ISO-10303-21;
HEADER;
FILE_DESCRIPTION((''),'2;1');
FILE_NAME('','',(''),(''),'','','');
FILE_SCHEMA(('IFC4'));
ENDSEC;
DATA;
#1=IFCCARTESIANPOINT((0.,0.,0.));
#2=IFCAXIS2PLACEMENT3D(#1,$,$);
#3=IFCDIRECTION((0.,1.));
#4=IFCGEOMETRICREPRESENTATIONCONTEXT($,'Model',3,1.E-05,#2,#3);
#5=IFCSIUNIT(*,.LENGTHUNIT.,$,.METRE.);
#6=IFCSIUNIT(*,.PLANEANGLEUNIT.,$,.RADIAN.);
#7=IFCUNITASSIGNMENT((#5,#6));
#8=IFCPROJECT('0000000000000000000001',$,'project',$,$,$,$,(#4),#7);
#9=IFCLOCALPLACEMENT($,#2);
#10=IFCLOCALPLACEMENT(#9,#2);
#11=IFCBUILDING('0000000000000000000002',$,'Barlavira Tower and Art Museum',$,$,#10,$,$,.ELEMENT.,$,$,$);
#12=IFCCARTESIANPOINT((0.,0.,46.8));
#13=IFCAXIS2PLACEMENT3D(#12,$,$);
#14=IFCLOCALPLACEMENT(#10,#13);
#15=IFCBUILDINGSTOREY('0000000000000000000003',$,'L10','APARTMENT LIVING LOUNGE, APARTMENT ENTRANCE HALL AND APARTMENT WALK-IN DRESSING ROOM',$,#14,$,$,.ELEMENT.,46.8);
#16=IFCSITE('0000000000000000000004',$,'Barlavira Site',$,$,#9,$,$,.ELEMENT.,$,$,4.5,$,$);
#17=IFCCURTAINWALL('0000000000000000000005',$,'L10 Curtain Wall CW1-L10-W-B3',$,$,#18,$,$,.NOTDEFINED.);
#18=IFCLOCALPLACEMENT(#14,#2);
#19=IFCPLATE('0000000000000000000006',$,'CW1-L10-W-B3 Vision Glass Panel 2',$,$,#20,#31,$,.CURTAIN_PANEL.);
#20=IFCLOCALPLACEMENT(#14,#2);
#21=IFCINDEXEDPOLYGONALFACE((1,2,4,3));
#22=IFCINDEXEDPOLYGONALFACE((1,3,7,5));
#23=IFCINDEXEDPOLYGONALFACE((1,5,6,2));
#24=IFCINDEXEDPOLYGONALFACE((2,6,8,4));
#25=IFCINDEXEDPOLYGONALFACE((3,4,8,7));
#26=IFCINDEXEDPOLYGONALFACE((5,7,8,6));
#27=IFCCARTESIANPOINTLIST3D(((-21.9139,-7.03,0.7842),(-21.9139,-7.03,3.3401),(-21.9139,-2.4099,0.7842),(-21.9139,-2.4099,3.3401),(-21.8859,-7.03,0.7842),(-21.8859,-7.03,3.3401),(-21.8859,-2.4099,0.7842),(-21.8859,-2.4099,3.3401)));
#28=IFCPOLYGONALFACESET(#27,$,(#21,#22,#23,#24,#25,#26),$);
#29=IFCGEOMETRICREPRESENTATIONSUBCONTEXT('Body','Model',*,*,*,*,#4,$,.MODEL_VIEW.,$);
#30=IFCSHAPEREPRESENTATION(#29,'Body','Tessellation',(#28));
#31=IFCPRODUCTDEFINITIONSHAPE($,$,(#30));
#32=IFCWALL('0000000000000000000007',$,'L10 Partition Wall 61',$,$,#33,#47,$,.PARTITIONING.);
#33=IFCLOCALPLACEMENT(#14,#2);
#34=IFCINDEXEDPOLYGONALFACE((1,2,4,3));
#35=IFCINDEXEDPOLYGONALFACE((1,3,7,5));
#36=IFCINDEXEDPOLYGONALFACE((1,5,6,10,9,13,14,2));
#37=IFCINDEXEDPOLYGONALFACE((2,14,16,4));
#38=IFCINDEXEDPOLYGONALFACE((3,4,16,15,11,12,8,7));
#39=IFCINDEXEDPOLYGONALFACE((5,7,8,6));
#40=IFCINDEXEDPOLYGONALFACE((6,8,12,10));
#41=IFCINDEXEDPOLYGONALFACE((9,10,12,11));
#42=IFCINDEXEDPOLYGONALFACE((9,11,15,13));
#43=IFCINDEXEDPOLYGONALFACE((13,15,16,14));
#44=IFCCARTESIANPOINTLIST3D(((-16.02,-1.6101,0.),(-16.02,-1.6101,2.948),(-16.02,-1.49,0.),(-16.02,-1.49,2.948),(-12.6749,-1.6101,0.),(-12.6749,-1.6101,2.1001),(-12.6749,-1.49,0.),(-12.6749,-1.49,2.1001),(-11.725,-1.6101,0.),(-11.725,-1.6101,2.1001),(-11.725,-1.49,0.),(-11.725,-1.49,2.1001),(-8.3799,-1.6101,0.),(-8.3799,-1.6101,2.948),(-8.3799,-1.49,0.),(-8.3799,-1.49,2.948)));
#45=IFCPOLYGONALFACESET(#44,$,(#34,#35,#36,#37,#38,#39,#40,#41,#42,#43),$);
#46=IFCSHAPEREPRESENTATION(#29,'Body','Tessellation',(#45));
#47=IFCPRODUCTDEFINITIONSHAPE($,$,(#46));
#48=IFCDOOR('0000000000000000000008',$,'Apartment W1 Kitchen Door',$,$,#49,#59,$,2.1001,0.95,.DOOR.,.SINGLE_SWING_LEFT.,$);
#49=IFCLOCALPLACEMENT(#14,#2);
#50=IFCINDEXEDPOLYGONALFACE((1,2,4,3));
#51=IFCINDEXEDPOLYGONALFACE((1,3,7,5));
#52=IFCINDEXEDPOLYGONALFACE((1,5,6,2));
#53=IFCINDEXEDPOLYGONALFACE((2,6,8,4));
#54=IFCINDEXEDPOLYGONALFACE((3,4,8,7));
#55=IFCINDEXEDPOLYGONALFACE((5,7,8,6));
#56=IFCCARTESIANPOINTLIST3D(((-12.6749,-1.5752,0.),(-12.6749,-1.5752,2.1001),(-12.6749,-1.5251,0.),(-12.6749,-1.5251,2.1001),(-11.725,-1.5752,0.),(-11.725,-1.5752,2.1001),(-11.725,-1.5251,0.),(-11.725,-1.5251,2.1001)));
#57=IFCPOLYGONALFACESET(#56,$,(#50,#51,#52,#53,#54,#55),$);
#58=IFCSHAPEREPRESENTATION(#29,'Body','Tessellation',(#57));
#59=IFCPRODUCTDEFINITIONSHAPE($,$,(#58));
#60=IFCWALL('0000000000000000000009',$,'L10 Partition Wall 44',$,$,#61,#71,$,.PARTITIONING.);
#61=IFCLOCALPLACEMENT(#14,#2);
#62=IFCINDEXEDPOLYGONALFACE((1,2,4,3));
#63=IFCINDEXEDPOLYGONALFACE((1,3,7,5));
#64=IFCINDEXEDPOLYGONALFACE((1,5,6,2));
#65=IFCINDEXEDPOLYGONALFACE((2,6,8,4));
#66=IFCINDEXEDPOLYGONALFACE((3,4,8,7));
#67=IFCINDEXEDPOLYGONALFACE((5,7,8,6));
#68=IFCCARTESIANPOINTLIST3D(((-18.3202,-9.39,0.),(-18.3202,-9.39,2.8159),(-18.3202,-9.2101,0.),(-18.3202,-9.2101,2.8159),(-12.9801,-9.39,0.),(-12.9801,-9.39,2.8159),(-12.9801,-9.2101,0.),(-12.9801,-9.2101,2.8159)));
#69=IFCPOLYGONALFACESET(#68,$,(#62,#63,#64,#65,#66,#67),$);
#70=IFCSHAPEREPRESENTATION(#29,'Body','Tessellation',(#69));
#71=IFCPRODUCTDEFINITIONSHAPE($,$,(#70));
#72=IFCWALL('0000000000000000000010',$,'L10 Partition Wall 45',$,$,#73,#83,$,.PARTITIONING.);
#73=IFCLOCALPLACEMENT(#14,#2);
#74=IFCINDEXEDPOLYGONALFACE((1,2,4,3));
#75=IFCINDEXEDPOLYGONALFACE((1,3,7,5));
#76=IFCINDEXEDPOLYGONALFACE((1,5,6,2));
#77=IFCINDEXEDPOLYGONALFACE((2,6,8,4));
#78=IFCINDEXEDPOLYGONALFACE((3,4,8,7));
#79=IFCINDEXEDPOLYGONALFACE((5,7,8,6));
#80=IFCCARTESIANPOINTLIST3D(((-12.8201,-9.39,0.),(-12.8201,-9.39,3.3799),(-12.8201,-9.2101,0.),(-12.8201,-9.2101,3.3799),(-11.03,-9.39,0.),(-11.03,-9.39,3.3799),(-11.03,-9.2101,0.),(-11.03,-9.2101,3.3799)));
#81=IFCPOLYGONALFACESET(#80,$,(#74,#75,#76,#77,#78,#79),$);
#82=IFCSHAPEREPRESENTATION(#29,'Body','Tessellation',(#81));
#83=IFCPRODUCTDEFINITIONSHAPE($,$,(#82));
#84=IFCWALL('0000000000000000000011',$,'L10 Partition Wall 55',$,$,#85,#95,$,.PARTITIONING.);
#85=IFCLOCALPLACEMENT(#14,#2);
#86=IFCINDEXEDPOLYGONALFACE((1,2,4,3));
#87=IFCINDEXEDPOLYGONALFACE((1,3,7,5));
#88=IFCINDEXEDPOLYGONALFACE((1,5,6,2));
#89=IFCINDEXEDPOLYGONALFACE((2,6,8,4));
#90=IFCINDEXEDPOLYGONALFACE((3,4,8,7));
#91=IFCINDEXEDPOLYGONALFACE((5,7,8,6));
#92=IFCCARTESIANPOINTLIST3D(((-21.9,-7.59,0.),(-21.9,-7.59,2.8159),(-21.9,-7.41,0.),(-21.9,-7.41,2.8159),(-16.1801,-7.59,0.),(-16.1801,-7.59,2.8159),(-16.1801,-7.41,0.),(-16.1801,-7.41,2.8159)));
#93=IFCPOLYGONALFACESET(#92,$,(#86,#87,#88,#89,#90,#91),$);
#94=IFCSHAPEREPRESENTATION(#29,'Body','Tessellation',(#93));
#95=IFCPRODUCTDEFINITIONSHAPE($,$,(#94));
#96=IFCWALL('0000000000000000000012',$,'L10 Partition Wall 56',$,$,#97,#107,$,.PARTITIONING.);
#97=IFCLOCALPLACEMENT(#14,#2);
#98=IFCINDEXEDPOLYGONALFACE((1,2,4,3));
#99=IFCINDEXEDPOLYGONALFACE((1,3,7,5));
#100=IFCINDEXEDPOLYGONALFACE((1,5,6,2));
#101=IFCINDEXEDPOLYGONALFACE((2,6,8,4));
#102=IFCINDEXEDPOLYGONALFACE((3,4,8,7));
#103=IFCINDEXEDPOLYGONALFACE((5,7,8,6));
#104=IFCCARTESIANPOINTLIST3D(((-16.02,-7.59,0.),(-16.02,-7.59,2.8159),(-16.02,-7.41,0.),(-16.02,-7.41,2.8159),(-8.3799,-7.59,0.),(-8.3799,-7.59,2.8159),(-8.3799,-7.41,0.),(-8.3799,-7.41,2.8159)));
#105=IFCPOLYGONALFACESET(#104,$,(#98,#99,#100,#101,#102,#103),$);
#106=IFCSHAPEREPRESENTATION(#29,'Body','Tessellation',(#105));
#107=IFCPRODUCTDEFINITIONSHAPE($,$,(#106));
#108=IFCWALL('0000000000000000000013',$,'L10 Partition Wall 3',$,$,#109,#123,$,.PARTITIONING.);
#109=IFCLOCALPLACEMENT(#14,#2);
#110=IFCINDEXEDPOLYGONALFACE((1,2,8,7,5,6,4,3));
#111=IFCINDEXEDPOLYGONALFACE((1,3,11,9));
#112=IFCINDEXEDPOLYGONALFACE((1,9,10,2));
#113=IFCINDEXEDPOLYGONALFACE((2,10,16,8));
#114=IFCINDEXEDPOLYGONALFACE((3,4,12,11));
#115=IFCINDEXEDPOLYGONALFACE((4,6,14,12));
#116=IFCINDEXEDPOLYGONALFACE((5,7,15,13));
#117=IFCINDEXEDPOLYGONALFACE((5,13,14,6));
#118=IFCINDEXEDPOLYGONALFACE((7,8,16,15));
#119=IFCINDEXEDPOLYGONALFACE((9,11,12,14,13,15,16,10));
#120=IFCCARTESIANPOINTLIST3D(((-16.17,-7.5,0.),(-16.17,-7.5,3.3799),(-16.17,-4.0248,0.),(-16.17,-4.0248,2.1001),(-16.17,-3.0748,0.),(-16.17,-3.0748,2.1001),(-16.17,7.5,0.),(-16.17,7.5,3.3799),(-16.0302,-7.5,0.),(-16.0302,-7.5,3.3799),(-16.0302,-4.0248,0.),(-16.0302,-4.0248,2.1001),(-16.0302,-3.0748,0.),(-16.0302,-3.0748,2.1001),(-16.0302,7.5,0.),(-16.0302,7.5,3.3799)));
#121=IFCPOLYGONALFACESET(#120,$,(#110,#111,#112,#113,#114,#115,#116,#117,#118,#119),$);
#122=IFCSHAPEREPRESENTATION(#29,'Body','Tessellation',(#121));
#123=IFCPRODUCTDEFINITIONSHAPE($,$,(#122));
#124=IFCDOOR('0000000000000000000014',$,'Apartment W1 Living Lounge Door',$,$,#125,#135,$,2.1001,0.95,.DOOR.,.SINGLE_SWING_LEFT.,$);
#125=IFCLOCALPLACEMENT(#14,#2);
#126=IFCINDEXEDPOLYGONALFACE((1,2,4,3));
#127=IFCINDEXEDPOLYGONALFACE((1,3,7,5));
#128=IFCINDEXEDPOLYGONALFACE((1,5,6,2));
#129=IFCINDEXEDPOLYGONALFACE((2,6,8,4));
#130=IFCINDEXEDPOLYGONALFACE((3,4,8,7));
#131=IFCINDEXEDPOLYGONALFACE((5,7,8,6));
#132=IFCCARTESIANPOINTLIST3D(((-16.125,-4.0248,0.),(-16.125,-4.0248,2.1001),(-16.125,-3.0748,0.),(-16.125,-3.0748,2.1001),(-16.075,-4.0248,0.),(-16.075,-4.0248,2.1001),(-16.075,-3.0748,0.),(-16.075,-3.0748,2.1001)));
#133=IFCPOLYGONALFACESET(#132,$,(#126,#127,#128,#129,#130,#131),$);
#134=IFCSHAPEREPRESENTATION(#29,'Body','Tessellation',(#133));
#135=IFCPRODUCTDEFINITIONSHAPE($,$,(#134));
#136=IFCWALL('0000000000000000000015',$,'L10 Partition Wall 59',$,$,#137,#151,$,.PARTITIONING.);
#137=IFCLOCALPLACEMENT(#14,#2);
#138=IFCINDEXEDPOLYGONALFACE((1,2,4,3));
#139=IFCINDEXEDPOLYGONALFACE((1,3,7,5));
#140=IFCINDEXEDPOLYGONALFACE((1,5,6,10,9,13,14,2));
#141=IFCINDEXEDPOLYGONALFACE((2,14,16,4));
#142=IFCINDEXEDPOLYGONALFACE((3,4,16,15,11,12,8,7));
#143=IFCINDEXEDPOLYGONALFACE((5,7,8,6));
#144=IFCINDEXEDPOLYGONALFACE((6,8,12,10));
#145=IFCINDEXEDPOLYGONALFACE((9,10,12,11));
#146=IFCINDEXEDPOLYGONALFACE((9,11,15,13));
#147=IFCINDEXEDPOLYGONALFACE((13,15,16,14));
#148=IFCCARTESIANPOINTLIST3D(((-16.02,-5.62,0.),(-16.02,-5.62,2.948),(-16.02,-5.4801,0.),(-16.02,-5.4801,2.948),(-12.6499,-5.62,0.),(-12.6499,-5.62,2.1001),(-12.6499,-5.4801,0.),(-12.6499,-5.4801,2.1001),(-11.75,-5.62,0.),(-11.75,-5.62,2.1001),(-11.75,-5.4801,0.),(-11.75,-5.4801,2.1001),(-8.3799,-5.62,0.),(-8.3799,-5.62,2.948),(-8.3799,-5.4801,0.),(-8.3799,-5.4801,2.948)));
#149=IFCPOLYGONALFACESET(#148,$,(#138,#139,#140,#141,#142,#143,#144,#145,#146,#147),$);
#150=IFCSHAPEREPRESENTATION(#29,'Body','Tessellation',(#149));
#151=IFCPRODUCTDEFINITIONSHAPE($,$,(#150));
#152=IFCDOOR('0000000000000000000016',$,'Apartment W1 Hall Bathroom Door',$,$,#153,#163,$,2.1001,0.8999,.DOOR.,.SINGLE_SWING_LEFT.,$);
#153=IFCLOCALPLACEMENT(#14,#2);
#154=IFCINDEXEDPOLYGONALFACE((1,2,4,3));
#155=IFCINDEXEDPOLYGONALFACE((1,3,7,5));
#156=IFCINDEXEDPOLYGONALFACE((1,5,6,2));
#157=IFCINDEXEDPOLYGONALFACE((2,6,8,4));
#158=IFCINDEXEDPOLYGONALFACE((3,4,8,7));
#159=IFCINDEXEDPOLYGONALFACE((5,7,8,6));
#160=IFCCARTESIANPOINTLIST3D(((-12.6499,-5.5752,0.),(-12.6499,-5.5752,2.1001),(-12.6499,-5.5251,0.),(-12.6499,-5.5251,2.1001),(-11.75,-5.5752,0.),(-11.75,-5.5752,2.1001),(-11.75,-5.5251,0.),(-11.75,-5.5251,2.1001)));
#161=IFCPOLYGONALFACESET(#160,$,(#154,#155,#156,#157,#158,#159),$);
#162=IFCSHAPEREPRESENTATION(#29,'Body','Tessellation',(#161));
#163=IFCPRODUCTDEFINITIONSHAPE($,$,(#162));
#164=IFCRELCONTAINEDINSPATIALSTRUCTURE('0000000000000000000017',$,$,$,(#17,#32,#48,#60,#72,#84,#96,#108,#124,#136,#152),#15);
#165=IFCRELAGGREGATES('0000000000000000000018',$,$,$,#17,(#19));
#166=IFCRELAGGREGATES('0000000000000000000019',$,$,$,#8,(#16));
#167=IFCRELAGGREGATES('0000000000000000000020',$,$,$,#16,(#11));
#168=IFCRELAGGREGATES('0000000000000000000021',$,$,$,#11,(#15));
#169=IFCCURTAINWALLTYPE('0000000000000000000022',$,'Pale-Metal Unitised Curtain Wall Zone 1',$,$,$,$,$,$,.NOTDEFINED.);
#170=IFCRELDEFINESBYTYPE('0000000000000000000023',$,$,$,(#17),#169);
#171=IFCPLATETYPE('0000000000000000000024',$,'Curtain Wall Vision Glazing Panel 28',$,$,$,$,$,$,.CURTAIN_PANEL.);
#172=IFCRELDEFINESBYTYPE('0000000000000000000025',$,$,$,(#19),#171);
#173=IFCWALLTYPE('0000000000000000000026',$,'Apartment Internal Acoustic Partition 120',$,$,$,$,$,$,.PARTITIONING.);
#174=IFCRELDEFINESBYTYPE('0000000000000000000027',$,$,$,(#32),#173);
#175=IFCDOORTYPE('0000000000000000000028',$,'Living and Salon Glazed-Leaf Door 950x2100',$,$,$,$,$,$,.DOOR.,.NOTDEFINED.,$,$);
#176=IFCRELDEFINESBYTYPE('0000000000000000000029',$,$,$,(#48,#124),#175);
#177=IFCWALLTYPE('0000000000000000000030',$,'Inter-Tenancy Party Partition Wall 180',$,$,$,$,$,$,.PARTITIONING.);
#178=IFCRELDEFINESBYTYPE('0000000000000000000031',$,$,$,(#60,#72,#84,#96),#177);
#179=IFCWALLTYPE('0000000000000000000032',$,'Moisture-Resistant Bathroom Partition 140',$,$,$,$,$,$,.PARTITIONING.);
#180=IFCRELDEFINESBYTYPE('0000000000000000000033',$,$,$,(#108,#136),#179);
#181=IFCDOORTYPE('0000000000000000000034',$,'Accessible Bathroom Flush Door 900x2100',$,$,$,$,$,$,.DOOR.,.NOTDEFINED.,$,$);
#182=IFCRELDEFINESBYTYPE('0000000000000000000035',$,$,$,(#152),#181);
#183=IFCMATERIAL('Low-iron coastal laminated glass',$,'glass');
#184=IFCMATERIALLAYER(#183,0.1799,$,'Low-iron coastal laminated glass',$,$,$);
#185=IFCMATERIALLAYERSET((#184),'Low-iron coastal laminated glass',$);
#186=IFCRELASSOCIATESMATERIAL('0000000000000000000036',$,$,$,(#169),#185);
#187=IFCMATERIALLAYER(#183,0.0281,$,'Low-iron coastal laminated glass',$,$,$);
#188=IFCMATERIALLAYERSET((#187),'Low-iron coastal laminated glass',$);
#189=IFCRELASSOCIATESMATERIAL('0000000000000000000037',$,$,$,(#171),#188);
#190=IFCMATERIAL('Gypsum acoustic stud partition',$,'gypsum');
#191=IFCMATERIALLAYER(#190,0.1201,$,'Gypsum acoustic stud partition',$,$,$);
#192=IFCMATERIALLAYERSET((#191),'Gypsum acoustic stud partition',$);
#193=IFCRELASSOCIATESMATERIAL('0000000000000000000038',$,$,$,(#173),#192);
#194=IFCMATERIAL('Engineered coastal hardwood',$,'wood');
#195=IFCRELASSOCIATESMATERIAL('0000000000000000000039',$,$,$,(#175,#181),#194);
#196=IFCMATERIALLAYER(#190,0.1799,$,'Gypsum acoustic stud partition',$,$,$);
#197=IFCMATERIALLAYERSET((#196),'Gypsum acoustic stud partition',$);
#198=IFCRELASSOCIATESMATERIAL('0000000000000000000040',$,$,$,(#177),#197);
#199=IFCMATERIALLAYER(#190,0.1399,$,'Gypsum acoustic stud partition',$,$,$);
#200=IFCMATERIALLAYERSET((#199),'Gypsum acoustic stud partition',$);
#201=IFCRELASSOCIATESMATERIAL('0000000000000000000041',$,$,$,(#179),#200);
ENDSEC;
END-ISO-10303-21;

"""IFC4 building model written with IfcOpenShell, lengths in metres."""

from ifc_helpers import new_model, si_unit, direction, frame, frame_2d, origin, origin_2d, place, context, subcontext, project, spatial, rectangle, extrude, material, layer, layer_set, type_object, element, fill, aggregate, save


model = new_model("IFC4")

# Units and contexts
model_context = context("Model", 3, precision=1e-05, world=origin(), true_north=direction((0.0, 1.0)))
body_context = subcontext(model_context, "Body", "Model", "MODEL_VIEW")
ifc_project = project(units=[si_unit("LENGTHUNIT", "METRE"), si_unit("PLANEANGLEUNIT", "RADIAN")], contexts=[model_context])

# Site, building, storey
site_placement = place(None, origin())
site = spatial("IfcSite", under=ifc_project, at=site_placement, Name="Barlavira Site", CompositionType="ELEMENT", RefElevation=4.5)
building_placement = place(site_placement, origin())
building = spatial("IfcBuilding", under=site, at=building_placement, Name="Barlavira Tower and Art Museum", CompositionType="ELEMENT")
storey_placement = place(building_placement, frame((0.0, 0.0, 46.8)))
storey = spatial("IfcBuildingStorey", under=building, at=storey_placement, Name="L10", Description="APARTMENT LIVING LOUNGE, APARTMENT ENTRANCE HALL AND APARTMENT WALK-IN DRESSING ROOM", CompositionType="ELEMENT", Elevation=46.8)

# Curtain wall
ifc_material_1 = material(Name="Low-iron coastal laminated glass", Category="glass")
ifc_layer_1 = layer(ifc_material_1, 0.1799, Name="Low-iron coastal laminated glass")
ifc_layer_set_1 = layer_set([ifc_layer_1], Name="Low-iron coastal laminated glass")
curtain_wall_type = type_object("IfcCurtainWallType", Name="Pale-Metal Unitised Curtain Wall Zone 1", PredefinedType="NOTDEFINED", material=ifc_layer_set_1)
curtain_wall_placement = place(storey_placement, origin())
curtain_wall = element("IfcCurtainWall", 1, at=curtain_wall_placement, inside=storey, type_object=curtain_wall_type, Name="L10 Curtain Wall CW1-L10-W-B3", PredefinedType="NOTDEFINED")

# Plate
ifc_layer_2 = layer(ifc_material_1, 0.0281, Name="Low-iron coastal laminated glass")
ifc_layer_set_2 = layer_set([ifc_layer_2], Name="Low-iron coastal laminated glass")
plate_type_1 = type_object("IfcPlateType", Name="Curtain Wall Vision Glazing Panel 28", PredefinedType="CURTAIN_PANEL", material=ifc_layer_set_2)
plate_1_placement = place(storey_placement, frame((-21.8999, -4.72, 0.7842), z_axis=(0.0, 0.0, 1.0), x_axis=(0.0, -1.0, 0.0)))
plate_1 = element("IfcPlate", 2, at=plate_1_placement, type_object=plate_type_1, Name="CW1-L10-W-B3 Vision Glass Panel 2", PredefinedType="CURTAIN_PANEL", context=body_context, shape_type="SweptSolid", body=[
    extrude(rectangle(XDim=4.6201, YDim=0.0281, at=origin_2d()), origin(), (0.0, 0.0, 1.0), 2.5559),
])
aggregate(curtain_wall, [plate_1])

# Wall, opening, door
ifc_material_2 = material(Name="Gypsum acoustic stud partition", Category="gypsum")
ifc_layer_3 = layer(ifc_material_2, 0.1201, Name="Gypsum acoustic stud partition")
ifc_layer_set_3 = layer_set([ifc_layer_3], Name="Gypsum acoustic stud partition")
wall_type_1 = type_object("IfcWallType", Name="Apartment Internal Acoustic Partition 120", PredefinedType="PARTITIONING", material=ifc_layer_set_3)
wall_1_placement = place(storey_placement, frame((-16.02, -1.55, 0.0), z_axis=(0.0, 0.0, 1.0), x_axis=(1.0, 0.0, 0.0)))
wall_1 = element("IfcWall", 3, at=wall_1_placement, inside=storey, type_object=wall_type_1, Name="L10 Partition Wall 61", PredefinedType="PARTITIONING", context=body_context, shape_type="SweptSolid", body=[
    extrude(rectangle(XDim=7.6401, YDim=0.1201, at=frame_2d((3.8201, 0.0))), origin(), (0.0, 0.0, 1.0), 2.948),
])
opening_1_placement = place(wall_1_placement, frame((3.345, 0.0, 0.0)))
opening_1 = element("IfcOpeningElement", 4, at=opening_1_placement, cuts=wall_1, PredefinedType="OPENING", context=body_context, shape_type="SweptSolid", body=[
    extrude(rectangle(XDim=0.95, YDim=2.1001, at=frame_2d((0.4751, 1.05))), frame((0.0, 0.0701, 0.0), z_axis=(0.0, -1.0, 0.0), x_axis=(1.0, 0.0, 0.0)), (0.0, 0.0, 1.0), 0.1401),
])
ifc_material_3 = material(Name="Engineered coastal hardwood", Category="wood")
door_type_1 = type_object("IfcDoorType", Name="Living and Salon Glazed-Leaf Door 950x2100", OperationType="NOTDEFINED", PredefinedType="DOOR", material=ifc_material_3)
door_1_placement = place(opening_1_placement, origin())
door_1 = element("IfcDoor", 5, at=door_1_placement, inside=storey, type_object=door_type_1, Name="Apartment W1 Kitchen Door", OperationType="SINGLE_SWING_LEFT", OverallHeight=2.1001, OverallWidth=0.95, PredefinedType="DOOR", context=body_context, shape_type="SweptSolid", body=[
    extrude(rectangle(XDim=0.95, YDim=2.1001, at=frame_2d((0.4751, 1.05))), frame((0.0, 0.0249, 0.0), z_axis=(0.0, -1.0, 0.0), x_axis=(1.0, 0.0, 0.0)), (0.0, 0.0, 1.0), 0.05),
])
fill(opening_1, door_1)

# Walls
ifc_layer_4 = layer(ifc_material_2, 0.1799, Name="Gypsum acoustic stud partition")
ifc_layer_set_4 = layer_set([ifc_layer_4], Name="Gypsum acoustic stud partition")
wall_type_2 = type_object("IfcWallType", Name="Inter-Tenancy Party Partition Wall 180", PredefinedType="PARTITIONING", material=ifc_layer_set_4)
wall_2_placement = place(storey_placement, frame((-18.3201, -9.3, 0.0), z_axis=(0.0, 0.0, 1.0), x_axis=(1.0, 0.0, 0.0)))
element("IfcWall", 6, at=wall_2_placement, inside=storey, type_object=wall_type_2, Name="L10 Partition Wall 44", PredefinedType="PARTITIONING", context=body_context, shape_type="SweptSolid", body=[
    extrude(rectangle(XDim=5.3401, YDim=0.1799, at=frame_2d((2.6699, 0.0))), origin(), (0.0, 0.0, 1.0), 2.8159),
])
wall_3_placement = place(storey_placement, frame((-12.8201, -9.3, 0.0), z_axis=(0.0, 0.0, 1.0), x_axis=(1.0, 0.0, 0.0)))
element("IfcWall", 7, at=wall_3_placement, inside=storey, type_object=wall_type_2, Name="L10 Partition Wall 45", PredefinedType="PARTITIONING", context=body_context, shape_type="SweptSolid", body=[
    extrude(rectangle(XDim=1.79, YDim=0.1799, at=frame_2d((0.895, 0.0))), origin(), (0.0, 0.0, 1.0), 3.3799),
])
wall_4_placement = place(storey_placement, frame((-21.8999, -7.5, 0.0), z_axis=(0.0, 0.0, 1.0), x_axis=(1.0, 0.0, 0.0)))
element("IfcWall", 8, at=wall_4_placement, inside=storey, type_object=wall_type_2, Name="L10 Partition Wall 55", PredefinedType="PARTITIONING", context=body_context, shape_type="SweptSolid", body=[
    extrude(rectangle(XDim=5.72, YDim=0.1799, at=frame_2d((2.8599, 0.0))), origin(), (0.0, 0.0, 1.0), 2.8159),
])
wall_5_placement = place(storey_placement, frame((-16.02, -7.5, 0.0), z_axis=(0.0, 0.0, 1.0), x_axis=(1.0, 0.0, 0.0)))
element("IfcWall", 9, at=wall_5_placement, inside=storey, type_object=wall_type_2, Name="L10 Partition Wall 56", PredefinedType="PARTITIONING", context=body_context, shape_type="SweptSolid", body=[
    extrude(rectangle(XDim=7.6401, YDim=0.1799, at=frame_2d((3.8201, 0.0))), origin(), (0.0, 0.0, 1.0), 2.8159),
])

# Walls, openings, doors
ifc_layer_5 = layer(ifc_material_2, 0.1399, Name="Gypsum acoustic stud partition")
ifc_layer_set_5 = layer_set([ifc_layer_5], Name="Gypsum acoustic stud partition")
wall_type_3 = type_object("IfcWallType", Name="Moisture-Resistant Bathroom Partition 140", PredefinedType="PARTITIONING", material=ifc_layer_set_5)
wall_6_placement = place(storey_placement, frame((-16.1001, -7.5, 0.0), z_axis=(0.0, 0.0, 1.0), x_axis=(0.0, 1.0, 0.0)))
wall_6 = element("IfcWall", 10, at=wall_6_placement, inside=storey, type_object=wall_type_3, Name="L10 Partition Wall 3", PredefinedType="PARTITIONING", context=body_context, shape_type="SweptSolid", body=[
    extrude(rectangle(XDim=15.0, YDim=0.1399, at=frame_2d((7.5, 0.0))), origin(), (0.0, 0.0, 1.0), 3.3799),
])
opening_2_placement = place(wall_6_placement, frame((3.4751, 0.0, 0.0)))
opening_2 = element("IfcOpeningElement", 11, at=opening_2_placement, cuts=wall_6, PredefinedType="OPENING", context=body_context, shape_type="SweptSolid", body=[
    extrude(rectangle(XDim=0.95, YDim=2.1001, at=frame_2d((0.4751, 1.05))), frame((0.0, 0.0801, 0.0), z_axis=(0.0, -1.0, 0.0), x_axis=(1.0, 0.0, 0.0)), (0.0, 0.0, 1.0), 0.1599),
])
door_2_placement = place(opening_2_placement, origin())
door_2 = element("IfcDoor", 12, at=door_2_placement, inside=storey, type_object=door_type_1, Name="Apartment W1 Living Lounge Door", OperationType="SINGLE_SWING_LEFT", OverallHeight=2.1001, OverallWidth=0.95, PredefinedType="DOOR", context=body_context, shape_type="SweptSolid", body=[
    extrude(rectangle(XDim=0.95, YDim=2.1001, at=frame_2d((0.4751, 1.05))), frame((0.0, 0.0249, 0.0), z_axis=(0.0, -1.0, 0.0), x_axis=(1.0, 0.0, 0.0)), (0.0, 0.0, 1.0), 0.05),
])
fill(opening_2, door_2)
wall_7_placement = place(storey_placement, frame((-16.02, -5.55, 0.0), z_axis=(0.0, 0.0, 1.0), x_axis=(1.0, 0.0, 0.0)))
wall_7 = element("IfcWall", 13, at=wall_7_placement, inside=storey, type_object=wall_type_3, Name="L10 Partition Wall 59", PredefinedType="PARTITIONING", context=body_context, shape_type="SweptSolid", body=[
    extrude(rectangle(XDim=7.6401, YDim=0.1399, at=frame_2d((3.8201, 0.0))), origin(), (0.0, 0.0, 1.0), 2.948),
])
opening_3_placement = place(wall_7_placement, frame((3.3701, 0.0, 0.0)))
opening_3 = element("IfcOpeningElement", 14, at=opening_3_placement, cuts=wall_7, PredefinedType="OPENING", context=body_context, shape_type="SweptSolid", body=[
    extrude(rectangle(XDim=0.8999, YDim=2.1001, at=frame_2d((0.45, 1.05))), frame((0.0, 0.0801, 0.0), z_axis=(0.0, -1.0, 0.0), x_axis=(1.0, 0.0, 0.0)), (0.0, 0.0, 1.0), 0.1599),
])
door_type_2 = type_object("IfcDoorType", Name="Accessible Bathroom Flush Door 900x2100", OperationType="NOTDEFINED", PredefinedType="DOOR", material=ifc_material_3)
door_3_placement = place(opening_3_placement, origin())
door_3 = element("IfcDoor", 15, at=door_3_placement, inside=storey, type_object=door_type_2, Name="Apartment W1 Hall Bathroom Door", OperationType="SINGLE_SWING_LEFT", OverallHeight=2.1001, OverallWidth=0.8999, PredefinedType="DOOR", context=body_context, shape_type="SweptSolid", body=[
    extrude(rectangle(XDim=0.8999, YDim=2.1001, at=frame_2d((0.45, 1.05))), frame((0.0, 0.0249, 0.0), z_axis=(0.0, -1.0, 0.0), x_axis=(1.0, 0.0, 0.0)), (0.0, 0.0, 1.0), 0.05),
])
fill(opening_3, door_3)

save(model, "model.ifc")
